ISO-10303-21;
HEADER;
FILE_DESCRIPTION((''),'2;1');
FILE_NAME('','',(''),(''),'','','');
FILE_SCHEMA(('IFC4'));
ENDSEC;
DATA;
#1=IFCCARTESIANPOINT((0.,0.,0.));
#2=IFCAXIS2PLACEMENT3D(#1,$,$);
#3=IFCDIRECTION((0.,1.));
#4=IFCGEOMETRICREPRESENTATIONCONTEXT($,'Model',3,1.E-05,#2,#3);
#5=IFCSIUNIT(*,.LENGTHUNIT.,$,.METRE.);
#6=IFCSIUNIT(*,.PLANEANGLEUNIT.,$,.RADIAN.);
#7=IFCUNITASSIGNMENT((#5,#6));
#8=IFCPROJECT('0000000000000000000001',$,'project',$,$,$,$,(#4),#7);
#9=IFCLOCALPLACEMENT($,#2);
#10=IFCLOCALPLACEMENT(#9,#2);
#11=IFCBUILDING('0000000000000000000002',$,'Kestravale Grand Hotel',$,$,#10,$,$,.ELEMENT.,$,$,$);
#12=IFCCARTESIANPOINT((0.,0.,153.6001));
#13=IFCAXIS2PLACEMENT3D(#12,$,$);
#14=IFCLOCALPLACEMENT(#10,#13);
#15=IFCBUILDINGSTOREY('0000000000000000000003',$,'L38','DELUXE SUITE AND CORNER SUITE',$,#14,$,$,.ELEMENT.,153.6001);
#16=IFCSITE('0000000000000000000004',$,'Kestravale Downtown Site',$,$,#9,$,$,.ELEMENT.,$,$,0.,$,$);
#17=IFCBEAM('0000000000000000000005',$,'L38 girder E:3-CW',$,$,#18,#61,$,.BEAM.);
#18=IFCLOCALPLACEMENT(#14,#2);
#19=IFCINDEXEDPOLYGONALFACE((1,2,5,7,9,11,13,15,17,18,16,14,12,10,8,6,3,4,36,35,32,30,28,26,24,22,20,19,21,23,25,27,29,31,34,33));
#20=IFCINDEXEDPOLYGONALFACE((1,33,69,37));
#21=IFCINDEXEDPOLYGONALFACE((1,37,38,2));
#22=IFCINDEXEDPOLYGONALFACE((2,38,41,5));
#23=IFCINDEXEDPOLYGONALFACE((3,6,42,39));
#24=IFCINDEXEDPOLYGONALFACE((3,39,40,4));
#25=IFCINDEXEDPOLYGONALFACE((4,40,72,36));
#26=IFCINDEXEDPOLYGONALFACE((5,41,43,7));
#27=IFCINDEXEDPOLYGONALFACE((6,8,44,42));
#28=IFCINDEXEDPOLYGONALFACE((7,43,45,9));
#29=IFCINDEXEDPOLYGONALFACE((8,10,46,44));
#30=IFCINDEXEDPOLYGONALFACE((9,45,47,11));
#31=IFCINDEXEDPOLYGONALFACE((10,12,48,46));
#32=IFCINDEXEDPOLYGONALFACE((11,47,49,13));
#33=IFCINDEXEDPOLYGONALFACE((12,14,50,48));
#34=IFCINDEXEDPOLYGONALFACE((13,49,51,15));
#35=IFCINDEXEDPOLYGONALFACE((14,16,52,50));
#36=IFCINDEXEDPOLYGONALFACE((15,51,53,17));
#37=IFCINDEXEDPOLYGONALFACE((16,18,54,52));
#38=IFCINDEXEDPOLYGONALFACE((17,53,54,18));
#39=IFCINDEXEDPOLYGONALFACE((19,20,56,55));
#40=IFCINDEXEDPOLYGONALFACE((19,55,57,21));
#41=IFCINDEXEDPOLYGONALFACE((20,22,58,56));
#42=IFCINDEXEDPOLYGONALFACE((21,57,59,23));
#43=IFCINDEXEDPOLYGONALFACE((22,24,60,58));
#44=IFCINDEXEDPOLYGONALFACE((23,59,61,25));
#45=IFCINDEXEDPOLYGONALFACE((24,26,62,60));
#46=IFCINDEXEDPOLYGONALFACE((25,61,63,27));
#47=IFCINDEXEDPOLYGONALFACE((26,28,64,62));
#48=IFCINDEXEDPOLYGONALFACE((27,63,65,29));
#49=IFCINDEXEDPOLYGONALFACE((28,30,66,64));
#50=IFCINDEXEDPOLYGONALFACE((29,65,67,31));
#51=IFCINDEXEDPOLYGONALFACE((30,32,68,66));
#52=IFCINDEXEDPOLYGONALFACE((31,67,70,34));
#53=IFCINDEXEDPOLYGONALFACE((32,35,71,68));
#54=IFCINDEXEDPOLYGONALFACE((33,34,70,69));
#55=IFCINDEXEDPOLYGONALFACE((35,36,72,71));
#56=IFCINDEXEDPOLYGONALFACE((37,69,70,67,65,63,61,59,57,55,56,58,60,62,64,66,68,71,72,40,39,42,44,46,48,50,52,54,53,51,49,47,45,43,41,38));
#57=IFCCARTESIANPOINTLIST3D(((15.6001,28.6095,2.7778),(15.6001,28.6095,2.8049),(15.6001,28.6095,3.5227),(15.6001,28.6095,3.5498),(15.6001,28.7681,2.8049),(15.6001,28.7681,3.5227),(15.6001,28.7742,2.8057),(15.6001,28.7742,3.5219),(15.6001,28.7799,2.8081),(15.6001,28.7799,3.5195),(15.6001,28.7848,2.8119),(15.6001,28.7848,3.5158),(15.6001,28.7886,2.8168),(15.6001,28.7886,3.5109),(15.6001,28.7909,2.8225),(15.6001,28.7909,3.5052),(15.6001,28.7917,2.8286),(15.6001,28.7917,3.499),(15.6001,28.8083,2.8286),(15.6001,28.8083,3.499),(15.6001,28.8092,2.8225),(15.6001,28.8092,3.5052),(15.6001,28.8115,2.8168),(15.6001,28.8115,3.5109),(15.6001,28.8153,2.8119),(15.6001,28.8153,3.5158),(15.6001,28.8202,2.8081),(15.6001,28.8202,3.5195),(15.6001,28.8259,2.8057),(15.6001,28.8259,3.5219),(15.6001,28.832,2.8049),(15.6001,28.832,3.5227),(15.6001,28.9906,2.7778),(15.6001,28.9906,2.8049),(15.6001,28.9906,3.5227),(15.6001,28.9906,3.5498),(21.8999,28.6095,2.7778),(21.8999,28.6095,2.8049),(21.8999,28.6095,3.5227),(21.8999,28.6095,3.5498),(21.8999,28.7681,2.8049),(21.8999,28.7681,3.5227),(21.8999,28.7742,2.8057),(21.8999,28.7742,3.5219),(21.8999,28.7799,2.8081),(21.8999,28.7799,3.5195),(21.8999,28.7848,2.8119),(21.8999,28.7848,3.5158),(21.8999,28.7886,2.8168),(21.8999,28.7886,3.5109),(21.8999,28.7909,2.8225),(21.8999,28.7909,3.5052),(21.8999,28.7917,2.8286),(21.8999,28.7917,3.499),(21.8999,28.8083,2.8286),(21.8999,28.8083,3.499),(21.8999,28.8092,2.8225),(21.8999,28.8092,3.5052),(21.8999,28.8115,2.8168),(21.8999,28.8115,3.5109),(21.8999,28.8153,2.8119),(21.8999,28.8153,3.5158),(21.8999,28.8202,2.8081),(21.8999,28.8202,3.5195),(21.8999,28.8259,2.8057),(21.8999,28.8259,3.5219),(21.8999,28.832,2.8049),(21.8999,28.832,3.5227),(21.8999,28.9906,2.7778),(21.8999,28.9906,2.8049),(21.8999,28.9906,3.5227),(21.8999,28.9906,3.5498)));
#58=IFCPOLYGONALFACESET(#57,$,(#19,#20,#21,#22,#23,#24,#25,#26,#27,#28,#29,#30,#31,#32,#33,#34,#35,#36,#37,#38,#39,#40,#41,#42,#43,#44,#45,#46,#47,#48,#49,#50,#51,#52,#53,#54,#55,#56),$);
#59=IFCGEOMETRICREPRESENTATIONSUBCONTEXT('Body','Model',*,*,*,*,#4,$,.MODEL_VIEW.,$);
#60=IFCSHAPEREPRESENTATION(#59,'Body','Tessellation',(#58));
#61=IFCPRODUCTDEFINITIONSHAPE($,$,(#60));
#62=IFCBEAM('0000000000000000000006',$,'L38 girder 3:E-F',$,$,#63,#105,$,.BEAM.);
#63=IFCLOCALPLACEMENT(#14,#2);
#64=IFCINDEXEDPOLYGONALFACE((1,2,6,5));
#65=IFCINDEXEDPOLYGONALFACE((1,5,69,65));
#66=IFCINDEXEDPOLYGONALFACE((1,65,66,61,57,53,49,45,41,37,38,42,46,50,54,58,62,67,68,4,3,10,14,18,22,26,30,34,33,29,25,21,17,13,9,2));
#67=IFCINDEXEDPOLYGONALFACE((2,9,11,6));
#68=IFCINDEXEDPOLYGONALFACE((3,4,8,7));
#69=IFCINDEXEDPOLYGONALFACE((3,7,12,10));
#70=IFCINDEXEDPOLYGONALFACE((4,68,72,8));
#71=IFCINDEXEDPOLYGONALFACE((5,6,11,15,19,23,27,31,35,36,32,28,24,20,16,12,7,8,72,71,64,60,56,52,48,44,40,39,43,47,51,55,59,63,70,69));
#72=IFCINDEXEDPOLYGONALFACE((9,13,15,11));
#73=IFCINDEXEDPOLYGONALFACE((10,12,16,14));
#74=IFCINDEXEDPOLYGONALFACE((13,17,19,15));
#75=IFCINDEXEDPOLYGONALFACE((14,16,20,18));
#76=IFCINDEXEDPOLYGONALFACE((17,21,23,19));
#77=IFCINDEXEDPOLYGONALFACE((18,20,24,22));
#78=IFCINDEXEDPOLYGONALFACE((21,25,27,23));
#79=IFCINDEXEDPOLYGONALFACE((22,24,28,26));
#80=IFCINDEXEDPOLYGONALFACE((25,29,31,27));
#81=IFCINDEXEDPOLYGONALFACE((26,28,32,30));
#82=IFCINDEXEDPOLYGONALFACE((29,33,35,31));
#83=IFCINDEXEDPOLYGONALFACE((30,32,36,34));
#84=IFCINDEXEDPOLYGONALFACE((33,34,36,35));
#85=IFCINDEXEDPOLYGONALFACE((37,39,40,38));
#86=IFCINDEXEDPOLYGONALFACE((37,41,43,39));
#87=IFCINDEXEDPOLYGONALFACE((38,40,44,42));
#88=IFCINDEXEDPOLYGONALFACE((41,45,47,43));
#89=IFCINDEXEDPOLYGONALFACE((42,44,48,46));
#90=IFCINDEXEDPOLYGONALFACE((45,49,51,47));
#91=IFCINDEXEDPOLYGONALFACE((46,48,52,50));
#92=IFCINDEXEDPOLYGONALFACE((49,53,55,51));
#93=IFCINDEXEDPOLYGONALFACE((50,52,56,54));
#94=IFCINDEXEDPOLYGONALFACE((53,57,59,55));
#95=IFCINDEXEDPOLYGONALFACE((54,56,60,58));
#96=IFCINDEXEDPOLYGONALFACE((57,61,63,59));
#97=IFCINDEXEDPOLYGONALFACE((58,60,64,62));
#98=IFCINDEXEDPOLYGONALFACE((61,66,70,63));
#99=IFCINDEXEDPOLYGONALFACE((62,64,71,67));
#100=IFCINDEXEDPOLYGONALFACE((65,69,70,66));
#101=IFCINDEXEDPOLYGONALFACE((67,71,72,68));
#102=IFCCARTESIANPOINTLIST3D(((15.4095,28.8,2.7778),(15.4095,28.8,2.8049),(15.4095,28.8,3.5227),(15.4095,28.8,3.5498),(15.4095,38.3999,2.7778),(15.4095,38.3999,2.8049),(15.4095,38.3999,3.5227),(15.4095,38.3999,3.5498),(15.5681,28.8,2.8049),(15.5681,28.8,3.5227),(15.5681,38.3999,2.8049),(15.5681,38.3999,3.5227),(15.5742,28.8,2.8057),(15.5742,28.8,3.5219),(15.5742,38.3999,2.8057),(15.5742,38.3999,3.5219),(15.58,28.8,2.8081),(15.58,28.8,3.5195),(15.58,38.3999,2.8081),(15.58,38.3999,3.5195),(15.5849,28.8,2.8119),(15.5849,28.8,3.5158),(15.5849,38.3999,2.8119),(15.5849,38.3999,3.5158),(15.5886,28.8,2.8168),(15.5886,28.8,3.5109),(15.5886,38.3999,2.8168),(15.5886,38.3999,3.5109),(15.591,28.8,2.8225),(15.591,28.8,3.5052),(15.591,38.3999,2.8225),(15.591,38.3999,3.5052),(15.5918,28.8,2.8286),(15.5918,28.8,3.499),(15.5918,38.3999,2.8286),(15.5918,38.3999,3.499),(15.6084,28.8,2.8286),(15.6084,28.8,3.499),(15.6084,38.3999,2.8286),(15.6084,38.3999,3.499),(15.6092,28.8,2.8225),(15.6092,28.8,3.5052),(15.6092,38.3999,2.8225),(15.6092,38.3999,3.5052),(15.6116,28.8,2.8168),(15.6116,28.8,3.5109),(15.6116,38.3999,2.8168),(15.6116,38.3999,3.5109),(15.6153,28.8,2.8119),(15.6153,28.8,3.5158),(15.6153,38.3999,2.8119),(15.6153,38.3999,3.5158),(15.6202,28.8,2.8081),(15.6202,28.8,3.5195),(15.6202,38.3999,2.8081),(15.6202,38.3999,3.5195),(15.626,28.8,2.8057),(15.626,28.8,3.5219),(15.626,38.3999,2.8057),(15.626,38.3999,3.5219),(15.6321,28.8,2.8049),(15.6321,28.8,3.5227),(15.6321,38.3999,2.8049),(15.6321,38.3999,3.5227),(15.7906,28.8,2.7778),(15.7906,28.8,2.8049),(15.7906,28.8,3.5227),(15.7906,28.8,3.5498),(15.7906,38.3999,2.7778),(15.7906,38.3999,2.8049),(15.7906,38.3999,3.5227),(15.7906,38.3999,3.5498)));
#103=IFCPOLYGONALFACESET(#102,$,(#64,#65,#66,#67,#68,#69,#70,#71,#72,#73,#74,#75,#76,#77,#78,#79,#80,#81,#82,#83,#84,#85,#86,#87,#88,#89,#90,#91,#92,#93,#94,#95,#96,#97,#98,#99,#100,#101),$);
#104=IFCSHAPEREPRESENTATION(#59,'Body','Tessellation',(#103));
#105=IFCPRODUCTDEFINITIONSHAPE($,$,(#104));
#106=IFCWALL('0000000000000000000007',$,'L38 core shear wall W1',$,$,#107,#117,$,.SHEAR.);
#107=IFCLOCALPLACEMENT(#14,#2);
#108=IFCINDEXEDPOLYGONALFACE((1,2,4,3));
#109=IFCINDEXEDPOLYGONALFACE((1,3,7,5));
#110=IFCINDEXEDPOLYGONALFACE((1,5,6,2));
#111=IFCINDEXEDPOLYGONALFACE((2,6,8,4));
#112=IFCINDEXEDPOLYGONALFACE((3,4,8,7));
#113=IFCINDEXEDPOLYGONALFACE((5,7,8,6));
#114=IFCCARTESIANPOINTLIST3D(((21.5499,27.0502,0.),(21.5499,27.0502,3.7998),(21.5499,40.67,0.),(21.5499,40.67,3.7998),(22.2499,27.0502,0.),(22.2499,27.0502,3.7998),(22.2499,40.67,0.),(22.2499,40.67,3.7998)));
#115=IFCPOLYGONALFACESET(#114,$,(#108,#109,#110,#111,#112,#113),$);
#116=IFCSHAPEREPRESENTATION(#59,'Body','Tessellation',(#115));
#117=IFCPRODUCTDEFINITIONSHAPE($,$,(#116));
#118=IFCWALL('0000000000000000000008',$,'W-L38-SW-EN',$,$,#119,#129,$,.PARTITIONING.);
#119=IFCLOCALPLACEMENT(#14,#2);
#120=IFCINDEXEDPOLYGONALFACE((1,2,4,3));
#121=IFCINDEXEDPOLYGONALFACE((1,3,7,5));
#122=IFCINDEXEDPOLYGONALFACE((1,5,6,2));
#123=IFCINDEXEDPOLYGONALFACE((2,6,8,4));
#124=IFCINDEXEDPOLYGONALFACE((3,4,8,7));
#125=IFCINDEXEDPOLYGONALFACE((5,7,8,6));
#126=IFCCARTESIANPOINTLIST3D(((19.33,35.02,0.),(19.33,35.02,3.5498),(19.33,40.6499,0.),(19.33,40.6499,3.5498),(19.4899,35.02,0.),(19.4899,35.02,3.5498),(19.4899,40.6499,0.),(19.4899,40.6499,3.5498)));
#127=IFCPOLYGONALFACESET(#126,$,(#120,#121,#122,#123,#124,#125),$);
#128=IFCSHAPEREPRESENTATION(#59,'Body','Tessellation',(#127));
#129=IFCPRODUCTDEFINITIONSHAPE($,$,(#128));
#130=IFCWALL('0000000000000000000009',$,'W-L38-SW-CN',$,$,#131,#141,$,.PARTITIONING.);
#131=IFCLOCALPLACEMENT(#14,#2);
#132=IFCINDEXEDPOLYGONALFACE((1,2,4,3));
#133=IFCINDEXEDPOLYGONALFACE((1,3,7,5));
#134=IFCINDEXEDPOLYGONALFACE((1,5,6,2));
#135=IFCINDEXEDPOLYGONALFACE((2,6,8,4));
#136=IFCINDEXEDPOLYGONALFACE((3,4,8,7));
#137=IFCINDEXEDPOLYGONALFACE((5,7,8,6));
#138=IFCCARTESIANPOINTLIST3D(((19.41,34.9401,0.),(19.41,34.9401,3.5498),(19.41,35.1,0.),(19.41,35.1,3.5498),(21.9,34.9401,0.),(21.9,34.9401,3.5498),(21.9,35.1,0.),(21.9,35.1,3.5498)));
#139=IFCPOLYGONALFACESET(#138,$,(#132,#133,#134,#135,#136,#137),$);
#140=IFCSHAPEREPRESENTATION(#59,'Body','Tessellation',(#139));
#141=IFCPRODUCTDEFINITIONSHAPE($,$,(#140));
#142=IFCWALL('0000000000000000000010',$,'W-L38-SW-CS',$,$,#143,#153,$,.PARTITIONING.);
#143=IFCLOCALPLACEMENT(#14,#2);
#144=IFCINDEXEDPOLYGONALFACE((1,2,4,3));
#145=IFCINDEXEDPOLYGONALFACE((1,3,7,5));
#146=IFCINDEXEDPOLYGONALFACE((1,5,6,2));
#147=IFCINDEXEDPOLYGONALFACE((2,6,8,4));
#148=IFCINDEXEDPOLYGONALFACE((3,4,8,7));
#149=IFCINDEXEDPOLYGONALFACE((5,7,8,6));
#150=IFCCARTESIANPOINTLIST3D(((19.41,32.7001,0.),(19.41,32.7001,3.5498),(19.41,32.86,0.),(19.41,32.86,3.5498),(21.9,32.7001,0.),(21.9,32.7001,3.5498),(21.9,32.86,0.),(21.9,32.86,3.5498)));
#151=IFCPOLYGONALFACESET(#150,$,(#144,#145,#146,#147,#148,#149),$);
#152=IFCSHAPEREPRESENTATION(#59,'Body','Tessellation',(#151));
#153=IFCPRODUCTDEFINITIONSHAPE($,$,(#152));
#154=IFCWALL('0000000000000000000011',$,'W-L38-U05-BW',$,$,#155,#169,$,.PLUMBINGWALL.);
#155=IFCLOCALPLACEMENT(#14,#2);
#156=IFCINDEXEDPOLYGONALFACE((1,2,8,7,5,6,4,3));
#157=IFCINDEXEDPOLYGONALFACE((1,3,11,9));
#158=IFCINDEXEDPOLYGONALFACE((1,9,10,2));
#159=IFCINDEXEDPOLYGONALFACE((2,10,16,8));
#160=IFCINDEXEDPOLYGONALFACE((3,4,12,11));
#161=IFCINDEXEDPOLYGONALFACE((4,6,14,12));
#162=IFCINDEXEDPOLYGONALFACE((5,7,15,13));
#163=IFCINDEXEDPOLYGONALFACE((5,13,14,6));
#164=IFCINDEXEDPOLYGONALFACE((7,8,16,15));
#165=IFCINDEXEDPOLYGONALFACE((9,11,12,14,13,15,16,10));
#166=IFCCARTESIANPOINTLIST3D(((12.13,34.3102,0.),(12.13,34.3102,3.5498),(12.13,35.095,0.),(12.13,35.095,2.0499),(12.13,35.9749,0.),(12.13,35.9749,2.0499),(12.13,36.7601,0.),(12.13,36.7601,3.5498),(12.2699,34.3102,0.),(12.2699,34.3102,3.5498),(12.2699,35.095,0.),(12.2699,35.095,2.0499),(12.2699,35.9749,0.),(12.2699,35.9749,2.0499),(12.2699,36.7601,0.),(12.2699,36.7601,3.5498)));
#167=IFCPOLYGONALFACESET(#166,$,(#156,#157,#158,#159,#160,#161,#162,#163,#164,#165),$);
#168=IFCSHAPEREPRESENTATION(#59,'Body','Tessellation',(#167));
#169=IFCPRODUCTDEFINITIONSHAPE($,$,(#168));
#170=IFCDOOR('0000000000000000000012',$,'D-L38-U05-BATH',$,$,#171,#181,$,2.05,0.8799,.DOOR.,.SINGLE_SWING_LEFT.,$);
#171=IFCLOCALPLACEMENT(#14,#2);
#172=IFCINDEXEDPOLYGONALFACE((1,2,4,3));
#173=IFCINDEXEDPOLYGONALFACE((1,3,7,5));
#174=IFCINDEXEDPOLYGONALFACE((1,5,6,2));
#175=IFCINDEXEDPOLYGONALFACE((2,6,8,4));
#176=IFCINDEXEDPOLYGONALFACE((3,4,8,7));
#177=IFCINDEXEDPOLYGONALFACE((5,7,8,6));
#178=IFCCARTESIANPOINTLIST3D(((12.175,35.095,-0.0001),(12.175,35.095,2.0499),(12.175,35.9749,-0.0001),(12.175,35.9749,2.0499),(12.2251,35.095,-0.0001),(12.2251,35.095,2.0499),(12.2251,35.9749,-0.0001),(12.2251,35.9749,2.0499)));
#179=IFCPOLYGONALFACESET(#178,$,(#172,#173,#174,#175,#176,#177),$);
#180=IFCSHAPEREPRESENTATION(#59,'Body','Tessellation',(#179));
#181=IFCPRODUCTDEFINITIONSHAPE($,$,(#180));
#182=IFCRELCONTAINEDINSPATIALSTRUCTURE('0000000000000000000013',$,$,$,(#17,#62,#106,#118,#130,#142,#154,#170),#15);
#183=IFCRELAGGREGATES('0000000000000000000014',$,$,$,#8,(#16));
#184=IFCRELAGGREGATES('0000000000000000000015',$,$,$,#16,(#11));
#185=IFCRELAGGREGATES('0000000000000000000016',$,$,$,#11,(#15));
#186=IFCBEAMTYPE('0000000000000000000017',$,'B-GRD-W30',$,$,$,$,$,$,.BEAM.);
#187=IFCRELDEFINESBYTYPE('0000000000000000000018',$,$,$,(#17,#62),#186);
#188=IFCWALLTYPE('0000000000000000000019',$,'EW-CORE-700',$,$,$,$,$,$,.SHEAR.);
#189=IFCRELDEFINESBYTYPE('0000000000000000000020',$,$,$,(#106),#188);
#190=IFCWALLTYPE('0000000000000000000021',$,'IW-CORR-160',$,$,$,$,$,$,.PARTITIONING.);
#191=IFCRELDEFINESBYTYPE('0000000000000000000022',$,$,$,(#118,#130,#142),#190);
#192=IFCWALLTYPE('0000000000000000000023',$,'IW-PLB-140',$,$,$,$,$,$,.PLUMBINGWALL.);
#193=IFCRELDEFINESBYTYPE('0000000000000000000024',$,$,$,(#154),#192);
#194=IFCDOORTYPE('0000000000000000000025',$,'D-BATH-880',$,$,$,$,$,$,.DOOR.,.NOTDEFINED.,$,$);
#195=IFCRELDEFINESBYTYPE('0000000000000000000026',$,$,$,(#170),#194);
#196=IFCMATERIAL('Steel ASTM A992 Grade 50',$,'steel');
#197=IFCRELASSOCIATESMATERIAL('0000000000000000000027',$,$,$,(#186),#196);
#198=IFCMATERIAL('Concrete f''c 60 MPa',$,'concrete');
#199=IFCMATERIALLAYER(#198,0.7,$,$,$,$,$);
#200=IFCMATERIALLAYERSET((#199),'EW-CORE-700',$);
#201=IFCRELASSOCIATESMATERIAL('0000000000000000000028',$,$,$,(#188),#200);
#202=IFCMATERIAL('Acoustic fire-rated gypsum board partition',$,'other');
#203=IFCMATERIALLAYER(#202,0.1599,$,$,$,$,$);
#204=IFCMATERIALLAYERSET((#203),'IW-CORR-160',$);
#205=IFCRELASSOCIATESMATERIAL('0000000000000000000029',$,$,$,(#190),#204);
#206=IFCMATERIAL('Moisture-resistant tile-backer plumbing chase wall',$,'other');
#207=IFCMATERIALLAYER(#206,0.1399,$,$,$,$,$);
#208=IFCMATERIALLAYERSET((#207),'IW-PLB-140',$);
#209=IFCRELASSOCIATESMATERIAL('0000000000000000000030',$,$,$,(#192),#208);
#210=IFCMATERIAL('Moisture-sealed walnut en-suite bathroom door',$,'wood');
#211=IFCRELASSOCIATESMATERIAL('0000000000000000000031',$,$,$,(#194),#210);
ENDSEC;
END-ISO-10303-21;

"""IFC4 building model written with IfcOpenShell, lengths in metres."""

from ifc_helpers import new_model, si_unit, direction, frame, frame_2d, origin, origin_2d, place, context, subcontext, project, spatial, rectangle, i_section, extrude, material, layer, layer_set, material_profile, profile_set, type_object, element, fill, save


model = new_model("IFC4")

# Units and contexts
model_context = context("Model", 3, precision=1e-05, world=origin(), true_north=direction((0.0, 1.0)))
body_context = subcontext(model_context, "Body", "Model", "MODEL_VIEW")
ifc_project = project(units=[si_unit("LENGTHUNIT", "METRE"), si_unit("PLANEANGLEUNIT", "RADIAN")], contexts=[model_context])

# Site, building, storey
site_placement = place(None, origin())
site = spatial("IfcSite", under=ifc_project, at=site_placement, Name="Kestravale Downtown Site", CompositionType="ELEMENT", RefElevation=0.0)
building_placement = place(site_placement, origin())
building = spatial("IfcBuilding", under=site, at=building_placement, Name="Kestravale Grand Hotel", CompositionType="ELEMENT")
storey_placement = place(building_placement, frame((0.0, 0.0, 153.6001)))
storey = spatial("IfcBuildingStorey", under=building, at=storey_placement, Name="L38", Description="DELUXE SUITE AND CORNER SUITE", CompositionType="ELEMENT", Elevation=153.6001)

# Beams
ifc_material_1 = material(Name="Steel ASTM A992 Grade 50", Category="steel")
ifc_material_profile_1 = material_profile(ifc_material_1, i_section(OverallWidth=0.3811, OverallDepth=0.772, WebThickness=0.0166, FlangeThickness=0.0271, FilletRadius=0.0237, at=origin_2d()))
ifc_profile_set_1 = profile_set([ifc_material_profile_1], Name="Steel ASTM A992 Grade 50")
beam_type_1 = type_object("IfcBeamType", Name="B-GRD-W30", PredefinedType="BEAM", material=ifc_profile_set_1)
beam_1_placement = place(storey_placement, frame((15.6001, 28.8, 3.1638), z_axis=(1.0, 0.0, 0.0), x_axis=(0.0, 1.0, 0.0)))
element("IfcBeam", 1, at=beam_1_placement, inside=storey, type_object=beam_type_1, Name="L38 girder E:3-CW", PredefinedType="BEAM", context=body_context, shape_type="SweptSolid", body=[
    extrude(i_section(OverallWidth=0.3811, OverallDepth=0.772, WebThickness=0.0166, FlangeThickness=0.0271, FilletRadius=0.0237, at=origin_2d()), origin(), (0.0, 0.0, 1.0), 6.2998),
])
beam_2_placement = place(storey_placement, frame((15.6001, 28.8, 3.1638), z_axis=(0.0, 1.0, 0.0), x_axis=(-1.0, 0.0, 0.0)))
element("IfcBeam", 2, at=beam_2_placement, inside=storey, type_object=beam_type_1, Name="L38 girder 3:E-F", PredefinedType="BEAM", context=body_context, shape_type="SweptSolid", body=[
    extrude(i_section(OverallWidth=0.3811, OverallDepth=0.772, WebThickness=0.0166, FlangeThickness=0.0271, FilletRadius=0.0237, at=origin_2d()), origin(), (0.0, 0.0, 1.0), 9.5999),
])

# Walls
ifc_material_2 = material(Name="Concrete f'c 60 MPa", Category="concrete")
ifc_layer_1 = layer(ifc_material_2, 0.7)
ifc_layer_set_1 = layer_set([ifc_layer_1], Name="EW-CORE-700")
wall_type_1 = type_object("IfcWallType", Name="EW-CORE-700", PredefinedType="SHEAR", material=ifc_layer_set_1)
wall_1_placement = place(storey_placement, frame((21.8999, 27.05, 0.0), z_axis=(0.0, 0.0, 1.0), x_axis=(0.0, 1.0, 0.0)))
element("IfcWall", 3, at=wall_1_placement, inside=storey, type_object=wall_type_1, Name="L38 core shear wall W1", PredefinedType="SHEAR", context=body_context, shape_type="SweptSolid", body=[
    extrude(rectangle(XDim=13.6199, YDim=0.7, at=frame_2d((6.8101, 0.0))), origin(), (0.0, 0.0, 1.0), 3.7998),
])
ifc_material_3 = material(Name="Acoustic fire-rated gypsum board partition", Category="other")
ifc_layer_2 = layer(ifc_material_3, 0.1599)
ifc_layer_set_2 = layer_set([ifc_layer_2], Name="IW-CORR-160")
wall_type_2 = type_object("IfcWallType", Name="IW-CORR-160", PredefinedType="PARTITIONING", material=ifc_layer_set_2)
wall_2_placement = place(storey_placement, frame((19.4099, 35.02, 0.0), z_axis=(0.0, 0.0, 1.0), x_axis=(0.0, 1.0, 0.0)))
element("IfcWall", 4, at=wall_2_placement, inside=storey, type_object=wall_type_2, Name="W-L38-SW-EN", PredefinedType="PARTITIONING", context=body_context, shape_type="SweptSolid", body=[
    extrude(rectangle(XDim=5.6299, YDim=0.1599, at=frame_2d((2.8149, 0.0))), origin(), (0.0, 0.0, 1.0), 3.5498),
])
for number, where, z_axis, x_axis, name in (
    (5, (19.4099, 35.02, 0.0), (0.0, 0.0, 1.0), (1.0, 0.0, 0.0), "W-L38-SW-CN"),
    (6, (19.4099, 32.78, 0.0), (0.0, 0.0, 1.0), (1.0, 0.0, 0.0), "W-L38-SW-CS"),
):
    element("IfcWall", number, at=place(storey_placement, frame(where, z_axis=z_axis, x_axis=x_axis)), inside=storey, type_object=wall_type_2, Name=name, PredefinedType="PARTITIONING", context=body_context, shape_type="SweptSolid", body=[
        extrude(rectangle(XDim=2.49, YDim=0.1599, at=frame_2d((1.2451, 0.0))), origin(), (0.0, 0.0, 1.0), 3.5498),
    ])

# Wall, opening, door
ifc_material_4 = material(Name="Moisture-resistant tile-backer plumbing chase wall", Category="other")
ifc_layer_3 = layer(ifc_material_4, 0.1399)
ifc_layer_set_3 = layer_set([ifc_layer_3], Name="IW-PLB-140")
wall_type_3 = type_object("IfcWallType", Name="IW-PLB-140", PredefinedType="PLUMBINGWALL", material=ifc_layer_set_3)
wall_3_placement = place(storey_placement, frame((12.2, 34.3101, 0.0), z_axis=(0.0, 0.0, 1.0), x_axis=(0.0, 1.0, 0.0)))
wall_3 = element("IfcWall", 7, at=wall_3_placement, inside=storey, type_object=wall_type_3, Name="W-L38-U05-BW", PredefinedType="PLUMBINGWALL", context=body_context, shape_type="SweptSolid", body=[
    extrude(rectangle(XDim=2.45, YDim=0.1399, at=frame_2d((1.2251, 0.0))), origin(), (0.0, 0.0, 1.0), 3.5498),
])
opening_placement = place(wall_3_placement, frame((0.7849, 0.0, 0.0)))
opening = element("IfcOpeningElement", 8, at=opening_placement, cuts=wall_3, PredefinedType="OPENING", context=body_context, shape_type="SweptSolid", body=[
    extrude(rectangle(XDim=0.8799, YDim=2.05, at=frame_2d((0.4399, 1.0249))), frame((0.0, 0.0798, 0.0), z_axis=(0.0, -1.0, 0.0), x_axis=(1.0, 0.0, 0.0)), (0.0, 0.0, 1.0), 0.1599),
])
ifc_material_5 = material(Name="Moisture-sealed walnut en-suite bathroom door", Category="wood")
door_type = type_object("IfcDoorType", Name="D-BATH-880", OperationType="NOTDEFINED", PredefinedType="DOOR", material=ifc_material_5)
door_placement = place(opening_placement, origin())
door = element("IfcDoor", 9, at=door_placement, inside=storey, type_object=door_type, Name="D-L38-U05-BATH", OperationType="SINGLE_SWING_LEFT", OverallHeight=2.05, OverallWidth=0.8799, PredefinedType="DOOR", context=body_context, shape_type="SweptSolid", body=[
    extrude(rectangle(XDim=0.8799, YDim=2.05, at=frame_2d((0.4399, 1.0249))), frame((0.0, 0.0249, 0.0), z_axis=(0.0, -1.0, 0.0), x_axis=(1.0, 0.0, 0.0)), (0.0, 0.0, 1.0), 0.05),
])
fill(opening, door)

save(model, "model.ifc")
